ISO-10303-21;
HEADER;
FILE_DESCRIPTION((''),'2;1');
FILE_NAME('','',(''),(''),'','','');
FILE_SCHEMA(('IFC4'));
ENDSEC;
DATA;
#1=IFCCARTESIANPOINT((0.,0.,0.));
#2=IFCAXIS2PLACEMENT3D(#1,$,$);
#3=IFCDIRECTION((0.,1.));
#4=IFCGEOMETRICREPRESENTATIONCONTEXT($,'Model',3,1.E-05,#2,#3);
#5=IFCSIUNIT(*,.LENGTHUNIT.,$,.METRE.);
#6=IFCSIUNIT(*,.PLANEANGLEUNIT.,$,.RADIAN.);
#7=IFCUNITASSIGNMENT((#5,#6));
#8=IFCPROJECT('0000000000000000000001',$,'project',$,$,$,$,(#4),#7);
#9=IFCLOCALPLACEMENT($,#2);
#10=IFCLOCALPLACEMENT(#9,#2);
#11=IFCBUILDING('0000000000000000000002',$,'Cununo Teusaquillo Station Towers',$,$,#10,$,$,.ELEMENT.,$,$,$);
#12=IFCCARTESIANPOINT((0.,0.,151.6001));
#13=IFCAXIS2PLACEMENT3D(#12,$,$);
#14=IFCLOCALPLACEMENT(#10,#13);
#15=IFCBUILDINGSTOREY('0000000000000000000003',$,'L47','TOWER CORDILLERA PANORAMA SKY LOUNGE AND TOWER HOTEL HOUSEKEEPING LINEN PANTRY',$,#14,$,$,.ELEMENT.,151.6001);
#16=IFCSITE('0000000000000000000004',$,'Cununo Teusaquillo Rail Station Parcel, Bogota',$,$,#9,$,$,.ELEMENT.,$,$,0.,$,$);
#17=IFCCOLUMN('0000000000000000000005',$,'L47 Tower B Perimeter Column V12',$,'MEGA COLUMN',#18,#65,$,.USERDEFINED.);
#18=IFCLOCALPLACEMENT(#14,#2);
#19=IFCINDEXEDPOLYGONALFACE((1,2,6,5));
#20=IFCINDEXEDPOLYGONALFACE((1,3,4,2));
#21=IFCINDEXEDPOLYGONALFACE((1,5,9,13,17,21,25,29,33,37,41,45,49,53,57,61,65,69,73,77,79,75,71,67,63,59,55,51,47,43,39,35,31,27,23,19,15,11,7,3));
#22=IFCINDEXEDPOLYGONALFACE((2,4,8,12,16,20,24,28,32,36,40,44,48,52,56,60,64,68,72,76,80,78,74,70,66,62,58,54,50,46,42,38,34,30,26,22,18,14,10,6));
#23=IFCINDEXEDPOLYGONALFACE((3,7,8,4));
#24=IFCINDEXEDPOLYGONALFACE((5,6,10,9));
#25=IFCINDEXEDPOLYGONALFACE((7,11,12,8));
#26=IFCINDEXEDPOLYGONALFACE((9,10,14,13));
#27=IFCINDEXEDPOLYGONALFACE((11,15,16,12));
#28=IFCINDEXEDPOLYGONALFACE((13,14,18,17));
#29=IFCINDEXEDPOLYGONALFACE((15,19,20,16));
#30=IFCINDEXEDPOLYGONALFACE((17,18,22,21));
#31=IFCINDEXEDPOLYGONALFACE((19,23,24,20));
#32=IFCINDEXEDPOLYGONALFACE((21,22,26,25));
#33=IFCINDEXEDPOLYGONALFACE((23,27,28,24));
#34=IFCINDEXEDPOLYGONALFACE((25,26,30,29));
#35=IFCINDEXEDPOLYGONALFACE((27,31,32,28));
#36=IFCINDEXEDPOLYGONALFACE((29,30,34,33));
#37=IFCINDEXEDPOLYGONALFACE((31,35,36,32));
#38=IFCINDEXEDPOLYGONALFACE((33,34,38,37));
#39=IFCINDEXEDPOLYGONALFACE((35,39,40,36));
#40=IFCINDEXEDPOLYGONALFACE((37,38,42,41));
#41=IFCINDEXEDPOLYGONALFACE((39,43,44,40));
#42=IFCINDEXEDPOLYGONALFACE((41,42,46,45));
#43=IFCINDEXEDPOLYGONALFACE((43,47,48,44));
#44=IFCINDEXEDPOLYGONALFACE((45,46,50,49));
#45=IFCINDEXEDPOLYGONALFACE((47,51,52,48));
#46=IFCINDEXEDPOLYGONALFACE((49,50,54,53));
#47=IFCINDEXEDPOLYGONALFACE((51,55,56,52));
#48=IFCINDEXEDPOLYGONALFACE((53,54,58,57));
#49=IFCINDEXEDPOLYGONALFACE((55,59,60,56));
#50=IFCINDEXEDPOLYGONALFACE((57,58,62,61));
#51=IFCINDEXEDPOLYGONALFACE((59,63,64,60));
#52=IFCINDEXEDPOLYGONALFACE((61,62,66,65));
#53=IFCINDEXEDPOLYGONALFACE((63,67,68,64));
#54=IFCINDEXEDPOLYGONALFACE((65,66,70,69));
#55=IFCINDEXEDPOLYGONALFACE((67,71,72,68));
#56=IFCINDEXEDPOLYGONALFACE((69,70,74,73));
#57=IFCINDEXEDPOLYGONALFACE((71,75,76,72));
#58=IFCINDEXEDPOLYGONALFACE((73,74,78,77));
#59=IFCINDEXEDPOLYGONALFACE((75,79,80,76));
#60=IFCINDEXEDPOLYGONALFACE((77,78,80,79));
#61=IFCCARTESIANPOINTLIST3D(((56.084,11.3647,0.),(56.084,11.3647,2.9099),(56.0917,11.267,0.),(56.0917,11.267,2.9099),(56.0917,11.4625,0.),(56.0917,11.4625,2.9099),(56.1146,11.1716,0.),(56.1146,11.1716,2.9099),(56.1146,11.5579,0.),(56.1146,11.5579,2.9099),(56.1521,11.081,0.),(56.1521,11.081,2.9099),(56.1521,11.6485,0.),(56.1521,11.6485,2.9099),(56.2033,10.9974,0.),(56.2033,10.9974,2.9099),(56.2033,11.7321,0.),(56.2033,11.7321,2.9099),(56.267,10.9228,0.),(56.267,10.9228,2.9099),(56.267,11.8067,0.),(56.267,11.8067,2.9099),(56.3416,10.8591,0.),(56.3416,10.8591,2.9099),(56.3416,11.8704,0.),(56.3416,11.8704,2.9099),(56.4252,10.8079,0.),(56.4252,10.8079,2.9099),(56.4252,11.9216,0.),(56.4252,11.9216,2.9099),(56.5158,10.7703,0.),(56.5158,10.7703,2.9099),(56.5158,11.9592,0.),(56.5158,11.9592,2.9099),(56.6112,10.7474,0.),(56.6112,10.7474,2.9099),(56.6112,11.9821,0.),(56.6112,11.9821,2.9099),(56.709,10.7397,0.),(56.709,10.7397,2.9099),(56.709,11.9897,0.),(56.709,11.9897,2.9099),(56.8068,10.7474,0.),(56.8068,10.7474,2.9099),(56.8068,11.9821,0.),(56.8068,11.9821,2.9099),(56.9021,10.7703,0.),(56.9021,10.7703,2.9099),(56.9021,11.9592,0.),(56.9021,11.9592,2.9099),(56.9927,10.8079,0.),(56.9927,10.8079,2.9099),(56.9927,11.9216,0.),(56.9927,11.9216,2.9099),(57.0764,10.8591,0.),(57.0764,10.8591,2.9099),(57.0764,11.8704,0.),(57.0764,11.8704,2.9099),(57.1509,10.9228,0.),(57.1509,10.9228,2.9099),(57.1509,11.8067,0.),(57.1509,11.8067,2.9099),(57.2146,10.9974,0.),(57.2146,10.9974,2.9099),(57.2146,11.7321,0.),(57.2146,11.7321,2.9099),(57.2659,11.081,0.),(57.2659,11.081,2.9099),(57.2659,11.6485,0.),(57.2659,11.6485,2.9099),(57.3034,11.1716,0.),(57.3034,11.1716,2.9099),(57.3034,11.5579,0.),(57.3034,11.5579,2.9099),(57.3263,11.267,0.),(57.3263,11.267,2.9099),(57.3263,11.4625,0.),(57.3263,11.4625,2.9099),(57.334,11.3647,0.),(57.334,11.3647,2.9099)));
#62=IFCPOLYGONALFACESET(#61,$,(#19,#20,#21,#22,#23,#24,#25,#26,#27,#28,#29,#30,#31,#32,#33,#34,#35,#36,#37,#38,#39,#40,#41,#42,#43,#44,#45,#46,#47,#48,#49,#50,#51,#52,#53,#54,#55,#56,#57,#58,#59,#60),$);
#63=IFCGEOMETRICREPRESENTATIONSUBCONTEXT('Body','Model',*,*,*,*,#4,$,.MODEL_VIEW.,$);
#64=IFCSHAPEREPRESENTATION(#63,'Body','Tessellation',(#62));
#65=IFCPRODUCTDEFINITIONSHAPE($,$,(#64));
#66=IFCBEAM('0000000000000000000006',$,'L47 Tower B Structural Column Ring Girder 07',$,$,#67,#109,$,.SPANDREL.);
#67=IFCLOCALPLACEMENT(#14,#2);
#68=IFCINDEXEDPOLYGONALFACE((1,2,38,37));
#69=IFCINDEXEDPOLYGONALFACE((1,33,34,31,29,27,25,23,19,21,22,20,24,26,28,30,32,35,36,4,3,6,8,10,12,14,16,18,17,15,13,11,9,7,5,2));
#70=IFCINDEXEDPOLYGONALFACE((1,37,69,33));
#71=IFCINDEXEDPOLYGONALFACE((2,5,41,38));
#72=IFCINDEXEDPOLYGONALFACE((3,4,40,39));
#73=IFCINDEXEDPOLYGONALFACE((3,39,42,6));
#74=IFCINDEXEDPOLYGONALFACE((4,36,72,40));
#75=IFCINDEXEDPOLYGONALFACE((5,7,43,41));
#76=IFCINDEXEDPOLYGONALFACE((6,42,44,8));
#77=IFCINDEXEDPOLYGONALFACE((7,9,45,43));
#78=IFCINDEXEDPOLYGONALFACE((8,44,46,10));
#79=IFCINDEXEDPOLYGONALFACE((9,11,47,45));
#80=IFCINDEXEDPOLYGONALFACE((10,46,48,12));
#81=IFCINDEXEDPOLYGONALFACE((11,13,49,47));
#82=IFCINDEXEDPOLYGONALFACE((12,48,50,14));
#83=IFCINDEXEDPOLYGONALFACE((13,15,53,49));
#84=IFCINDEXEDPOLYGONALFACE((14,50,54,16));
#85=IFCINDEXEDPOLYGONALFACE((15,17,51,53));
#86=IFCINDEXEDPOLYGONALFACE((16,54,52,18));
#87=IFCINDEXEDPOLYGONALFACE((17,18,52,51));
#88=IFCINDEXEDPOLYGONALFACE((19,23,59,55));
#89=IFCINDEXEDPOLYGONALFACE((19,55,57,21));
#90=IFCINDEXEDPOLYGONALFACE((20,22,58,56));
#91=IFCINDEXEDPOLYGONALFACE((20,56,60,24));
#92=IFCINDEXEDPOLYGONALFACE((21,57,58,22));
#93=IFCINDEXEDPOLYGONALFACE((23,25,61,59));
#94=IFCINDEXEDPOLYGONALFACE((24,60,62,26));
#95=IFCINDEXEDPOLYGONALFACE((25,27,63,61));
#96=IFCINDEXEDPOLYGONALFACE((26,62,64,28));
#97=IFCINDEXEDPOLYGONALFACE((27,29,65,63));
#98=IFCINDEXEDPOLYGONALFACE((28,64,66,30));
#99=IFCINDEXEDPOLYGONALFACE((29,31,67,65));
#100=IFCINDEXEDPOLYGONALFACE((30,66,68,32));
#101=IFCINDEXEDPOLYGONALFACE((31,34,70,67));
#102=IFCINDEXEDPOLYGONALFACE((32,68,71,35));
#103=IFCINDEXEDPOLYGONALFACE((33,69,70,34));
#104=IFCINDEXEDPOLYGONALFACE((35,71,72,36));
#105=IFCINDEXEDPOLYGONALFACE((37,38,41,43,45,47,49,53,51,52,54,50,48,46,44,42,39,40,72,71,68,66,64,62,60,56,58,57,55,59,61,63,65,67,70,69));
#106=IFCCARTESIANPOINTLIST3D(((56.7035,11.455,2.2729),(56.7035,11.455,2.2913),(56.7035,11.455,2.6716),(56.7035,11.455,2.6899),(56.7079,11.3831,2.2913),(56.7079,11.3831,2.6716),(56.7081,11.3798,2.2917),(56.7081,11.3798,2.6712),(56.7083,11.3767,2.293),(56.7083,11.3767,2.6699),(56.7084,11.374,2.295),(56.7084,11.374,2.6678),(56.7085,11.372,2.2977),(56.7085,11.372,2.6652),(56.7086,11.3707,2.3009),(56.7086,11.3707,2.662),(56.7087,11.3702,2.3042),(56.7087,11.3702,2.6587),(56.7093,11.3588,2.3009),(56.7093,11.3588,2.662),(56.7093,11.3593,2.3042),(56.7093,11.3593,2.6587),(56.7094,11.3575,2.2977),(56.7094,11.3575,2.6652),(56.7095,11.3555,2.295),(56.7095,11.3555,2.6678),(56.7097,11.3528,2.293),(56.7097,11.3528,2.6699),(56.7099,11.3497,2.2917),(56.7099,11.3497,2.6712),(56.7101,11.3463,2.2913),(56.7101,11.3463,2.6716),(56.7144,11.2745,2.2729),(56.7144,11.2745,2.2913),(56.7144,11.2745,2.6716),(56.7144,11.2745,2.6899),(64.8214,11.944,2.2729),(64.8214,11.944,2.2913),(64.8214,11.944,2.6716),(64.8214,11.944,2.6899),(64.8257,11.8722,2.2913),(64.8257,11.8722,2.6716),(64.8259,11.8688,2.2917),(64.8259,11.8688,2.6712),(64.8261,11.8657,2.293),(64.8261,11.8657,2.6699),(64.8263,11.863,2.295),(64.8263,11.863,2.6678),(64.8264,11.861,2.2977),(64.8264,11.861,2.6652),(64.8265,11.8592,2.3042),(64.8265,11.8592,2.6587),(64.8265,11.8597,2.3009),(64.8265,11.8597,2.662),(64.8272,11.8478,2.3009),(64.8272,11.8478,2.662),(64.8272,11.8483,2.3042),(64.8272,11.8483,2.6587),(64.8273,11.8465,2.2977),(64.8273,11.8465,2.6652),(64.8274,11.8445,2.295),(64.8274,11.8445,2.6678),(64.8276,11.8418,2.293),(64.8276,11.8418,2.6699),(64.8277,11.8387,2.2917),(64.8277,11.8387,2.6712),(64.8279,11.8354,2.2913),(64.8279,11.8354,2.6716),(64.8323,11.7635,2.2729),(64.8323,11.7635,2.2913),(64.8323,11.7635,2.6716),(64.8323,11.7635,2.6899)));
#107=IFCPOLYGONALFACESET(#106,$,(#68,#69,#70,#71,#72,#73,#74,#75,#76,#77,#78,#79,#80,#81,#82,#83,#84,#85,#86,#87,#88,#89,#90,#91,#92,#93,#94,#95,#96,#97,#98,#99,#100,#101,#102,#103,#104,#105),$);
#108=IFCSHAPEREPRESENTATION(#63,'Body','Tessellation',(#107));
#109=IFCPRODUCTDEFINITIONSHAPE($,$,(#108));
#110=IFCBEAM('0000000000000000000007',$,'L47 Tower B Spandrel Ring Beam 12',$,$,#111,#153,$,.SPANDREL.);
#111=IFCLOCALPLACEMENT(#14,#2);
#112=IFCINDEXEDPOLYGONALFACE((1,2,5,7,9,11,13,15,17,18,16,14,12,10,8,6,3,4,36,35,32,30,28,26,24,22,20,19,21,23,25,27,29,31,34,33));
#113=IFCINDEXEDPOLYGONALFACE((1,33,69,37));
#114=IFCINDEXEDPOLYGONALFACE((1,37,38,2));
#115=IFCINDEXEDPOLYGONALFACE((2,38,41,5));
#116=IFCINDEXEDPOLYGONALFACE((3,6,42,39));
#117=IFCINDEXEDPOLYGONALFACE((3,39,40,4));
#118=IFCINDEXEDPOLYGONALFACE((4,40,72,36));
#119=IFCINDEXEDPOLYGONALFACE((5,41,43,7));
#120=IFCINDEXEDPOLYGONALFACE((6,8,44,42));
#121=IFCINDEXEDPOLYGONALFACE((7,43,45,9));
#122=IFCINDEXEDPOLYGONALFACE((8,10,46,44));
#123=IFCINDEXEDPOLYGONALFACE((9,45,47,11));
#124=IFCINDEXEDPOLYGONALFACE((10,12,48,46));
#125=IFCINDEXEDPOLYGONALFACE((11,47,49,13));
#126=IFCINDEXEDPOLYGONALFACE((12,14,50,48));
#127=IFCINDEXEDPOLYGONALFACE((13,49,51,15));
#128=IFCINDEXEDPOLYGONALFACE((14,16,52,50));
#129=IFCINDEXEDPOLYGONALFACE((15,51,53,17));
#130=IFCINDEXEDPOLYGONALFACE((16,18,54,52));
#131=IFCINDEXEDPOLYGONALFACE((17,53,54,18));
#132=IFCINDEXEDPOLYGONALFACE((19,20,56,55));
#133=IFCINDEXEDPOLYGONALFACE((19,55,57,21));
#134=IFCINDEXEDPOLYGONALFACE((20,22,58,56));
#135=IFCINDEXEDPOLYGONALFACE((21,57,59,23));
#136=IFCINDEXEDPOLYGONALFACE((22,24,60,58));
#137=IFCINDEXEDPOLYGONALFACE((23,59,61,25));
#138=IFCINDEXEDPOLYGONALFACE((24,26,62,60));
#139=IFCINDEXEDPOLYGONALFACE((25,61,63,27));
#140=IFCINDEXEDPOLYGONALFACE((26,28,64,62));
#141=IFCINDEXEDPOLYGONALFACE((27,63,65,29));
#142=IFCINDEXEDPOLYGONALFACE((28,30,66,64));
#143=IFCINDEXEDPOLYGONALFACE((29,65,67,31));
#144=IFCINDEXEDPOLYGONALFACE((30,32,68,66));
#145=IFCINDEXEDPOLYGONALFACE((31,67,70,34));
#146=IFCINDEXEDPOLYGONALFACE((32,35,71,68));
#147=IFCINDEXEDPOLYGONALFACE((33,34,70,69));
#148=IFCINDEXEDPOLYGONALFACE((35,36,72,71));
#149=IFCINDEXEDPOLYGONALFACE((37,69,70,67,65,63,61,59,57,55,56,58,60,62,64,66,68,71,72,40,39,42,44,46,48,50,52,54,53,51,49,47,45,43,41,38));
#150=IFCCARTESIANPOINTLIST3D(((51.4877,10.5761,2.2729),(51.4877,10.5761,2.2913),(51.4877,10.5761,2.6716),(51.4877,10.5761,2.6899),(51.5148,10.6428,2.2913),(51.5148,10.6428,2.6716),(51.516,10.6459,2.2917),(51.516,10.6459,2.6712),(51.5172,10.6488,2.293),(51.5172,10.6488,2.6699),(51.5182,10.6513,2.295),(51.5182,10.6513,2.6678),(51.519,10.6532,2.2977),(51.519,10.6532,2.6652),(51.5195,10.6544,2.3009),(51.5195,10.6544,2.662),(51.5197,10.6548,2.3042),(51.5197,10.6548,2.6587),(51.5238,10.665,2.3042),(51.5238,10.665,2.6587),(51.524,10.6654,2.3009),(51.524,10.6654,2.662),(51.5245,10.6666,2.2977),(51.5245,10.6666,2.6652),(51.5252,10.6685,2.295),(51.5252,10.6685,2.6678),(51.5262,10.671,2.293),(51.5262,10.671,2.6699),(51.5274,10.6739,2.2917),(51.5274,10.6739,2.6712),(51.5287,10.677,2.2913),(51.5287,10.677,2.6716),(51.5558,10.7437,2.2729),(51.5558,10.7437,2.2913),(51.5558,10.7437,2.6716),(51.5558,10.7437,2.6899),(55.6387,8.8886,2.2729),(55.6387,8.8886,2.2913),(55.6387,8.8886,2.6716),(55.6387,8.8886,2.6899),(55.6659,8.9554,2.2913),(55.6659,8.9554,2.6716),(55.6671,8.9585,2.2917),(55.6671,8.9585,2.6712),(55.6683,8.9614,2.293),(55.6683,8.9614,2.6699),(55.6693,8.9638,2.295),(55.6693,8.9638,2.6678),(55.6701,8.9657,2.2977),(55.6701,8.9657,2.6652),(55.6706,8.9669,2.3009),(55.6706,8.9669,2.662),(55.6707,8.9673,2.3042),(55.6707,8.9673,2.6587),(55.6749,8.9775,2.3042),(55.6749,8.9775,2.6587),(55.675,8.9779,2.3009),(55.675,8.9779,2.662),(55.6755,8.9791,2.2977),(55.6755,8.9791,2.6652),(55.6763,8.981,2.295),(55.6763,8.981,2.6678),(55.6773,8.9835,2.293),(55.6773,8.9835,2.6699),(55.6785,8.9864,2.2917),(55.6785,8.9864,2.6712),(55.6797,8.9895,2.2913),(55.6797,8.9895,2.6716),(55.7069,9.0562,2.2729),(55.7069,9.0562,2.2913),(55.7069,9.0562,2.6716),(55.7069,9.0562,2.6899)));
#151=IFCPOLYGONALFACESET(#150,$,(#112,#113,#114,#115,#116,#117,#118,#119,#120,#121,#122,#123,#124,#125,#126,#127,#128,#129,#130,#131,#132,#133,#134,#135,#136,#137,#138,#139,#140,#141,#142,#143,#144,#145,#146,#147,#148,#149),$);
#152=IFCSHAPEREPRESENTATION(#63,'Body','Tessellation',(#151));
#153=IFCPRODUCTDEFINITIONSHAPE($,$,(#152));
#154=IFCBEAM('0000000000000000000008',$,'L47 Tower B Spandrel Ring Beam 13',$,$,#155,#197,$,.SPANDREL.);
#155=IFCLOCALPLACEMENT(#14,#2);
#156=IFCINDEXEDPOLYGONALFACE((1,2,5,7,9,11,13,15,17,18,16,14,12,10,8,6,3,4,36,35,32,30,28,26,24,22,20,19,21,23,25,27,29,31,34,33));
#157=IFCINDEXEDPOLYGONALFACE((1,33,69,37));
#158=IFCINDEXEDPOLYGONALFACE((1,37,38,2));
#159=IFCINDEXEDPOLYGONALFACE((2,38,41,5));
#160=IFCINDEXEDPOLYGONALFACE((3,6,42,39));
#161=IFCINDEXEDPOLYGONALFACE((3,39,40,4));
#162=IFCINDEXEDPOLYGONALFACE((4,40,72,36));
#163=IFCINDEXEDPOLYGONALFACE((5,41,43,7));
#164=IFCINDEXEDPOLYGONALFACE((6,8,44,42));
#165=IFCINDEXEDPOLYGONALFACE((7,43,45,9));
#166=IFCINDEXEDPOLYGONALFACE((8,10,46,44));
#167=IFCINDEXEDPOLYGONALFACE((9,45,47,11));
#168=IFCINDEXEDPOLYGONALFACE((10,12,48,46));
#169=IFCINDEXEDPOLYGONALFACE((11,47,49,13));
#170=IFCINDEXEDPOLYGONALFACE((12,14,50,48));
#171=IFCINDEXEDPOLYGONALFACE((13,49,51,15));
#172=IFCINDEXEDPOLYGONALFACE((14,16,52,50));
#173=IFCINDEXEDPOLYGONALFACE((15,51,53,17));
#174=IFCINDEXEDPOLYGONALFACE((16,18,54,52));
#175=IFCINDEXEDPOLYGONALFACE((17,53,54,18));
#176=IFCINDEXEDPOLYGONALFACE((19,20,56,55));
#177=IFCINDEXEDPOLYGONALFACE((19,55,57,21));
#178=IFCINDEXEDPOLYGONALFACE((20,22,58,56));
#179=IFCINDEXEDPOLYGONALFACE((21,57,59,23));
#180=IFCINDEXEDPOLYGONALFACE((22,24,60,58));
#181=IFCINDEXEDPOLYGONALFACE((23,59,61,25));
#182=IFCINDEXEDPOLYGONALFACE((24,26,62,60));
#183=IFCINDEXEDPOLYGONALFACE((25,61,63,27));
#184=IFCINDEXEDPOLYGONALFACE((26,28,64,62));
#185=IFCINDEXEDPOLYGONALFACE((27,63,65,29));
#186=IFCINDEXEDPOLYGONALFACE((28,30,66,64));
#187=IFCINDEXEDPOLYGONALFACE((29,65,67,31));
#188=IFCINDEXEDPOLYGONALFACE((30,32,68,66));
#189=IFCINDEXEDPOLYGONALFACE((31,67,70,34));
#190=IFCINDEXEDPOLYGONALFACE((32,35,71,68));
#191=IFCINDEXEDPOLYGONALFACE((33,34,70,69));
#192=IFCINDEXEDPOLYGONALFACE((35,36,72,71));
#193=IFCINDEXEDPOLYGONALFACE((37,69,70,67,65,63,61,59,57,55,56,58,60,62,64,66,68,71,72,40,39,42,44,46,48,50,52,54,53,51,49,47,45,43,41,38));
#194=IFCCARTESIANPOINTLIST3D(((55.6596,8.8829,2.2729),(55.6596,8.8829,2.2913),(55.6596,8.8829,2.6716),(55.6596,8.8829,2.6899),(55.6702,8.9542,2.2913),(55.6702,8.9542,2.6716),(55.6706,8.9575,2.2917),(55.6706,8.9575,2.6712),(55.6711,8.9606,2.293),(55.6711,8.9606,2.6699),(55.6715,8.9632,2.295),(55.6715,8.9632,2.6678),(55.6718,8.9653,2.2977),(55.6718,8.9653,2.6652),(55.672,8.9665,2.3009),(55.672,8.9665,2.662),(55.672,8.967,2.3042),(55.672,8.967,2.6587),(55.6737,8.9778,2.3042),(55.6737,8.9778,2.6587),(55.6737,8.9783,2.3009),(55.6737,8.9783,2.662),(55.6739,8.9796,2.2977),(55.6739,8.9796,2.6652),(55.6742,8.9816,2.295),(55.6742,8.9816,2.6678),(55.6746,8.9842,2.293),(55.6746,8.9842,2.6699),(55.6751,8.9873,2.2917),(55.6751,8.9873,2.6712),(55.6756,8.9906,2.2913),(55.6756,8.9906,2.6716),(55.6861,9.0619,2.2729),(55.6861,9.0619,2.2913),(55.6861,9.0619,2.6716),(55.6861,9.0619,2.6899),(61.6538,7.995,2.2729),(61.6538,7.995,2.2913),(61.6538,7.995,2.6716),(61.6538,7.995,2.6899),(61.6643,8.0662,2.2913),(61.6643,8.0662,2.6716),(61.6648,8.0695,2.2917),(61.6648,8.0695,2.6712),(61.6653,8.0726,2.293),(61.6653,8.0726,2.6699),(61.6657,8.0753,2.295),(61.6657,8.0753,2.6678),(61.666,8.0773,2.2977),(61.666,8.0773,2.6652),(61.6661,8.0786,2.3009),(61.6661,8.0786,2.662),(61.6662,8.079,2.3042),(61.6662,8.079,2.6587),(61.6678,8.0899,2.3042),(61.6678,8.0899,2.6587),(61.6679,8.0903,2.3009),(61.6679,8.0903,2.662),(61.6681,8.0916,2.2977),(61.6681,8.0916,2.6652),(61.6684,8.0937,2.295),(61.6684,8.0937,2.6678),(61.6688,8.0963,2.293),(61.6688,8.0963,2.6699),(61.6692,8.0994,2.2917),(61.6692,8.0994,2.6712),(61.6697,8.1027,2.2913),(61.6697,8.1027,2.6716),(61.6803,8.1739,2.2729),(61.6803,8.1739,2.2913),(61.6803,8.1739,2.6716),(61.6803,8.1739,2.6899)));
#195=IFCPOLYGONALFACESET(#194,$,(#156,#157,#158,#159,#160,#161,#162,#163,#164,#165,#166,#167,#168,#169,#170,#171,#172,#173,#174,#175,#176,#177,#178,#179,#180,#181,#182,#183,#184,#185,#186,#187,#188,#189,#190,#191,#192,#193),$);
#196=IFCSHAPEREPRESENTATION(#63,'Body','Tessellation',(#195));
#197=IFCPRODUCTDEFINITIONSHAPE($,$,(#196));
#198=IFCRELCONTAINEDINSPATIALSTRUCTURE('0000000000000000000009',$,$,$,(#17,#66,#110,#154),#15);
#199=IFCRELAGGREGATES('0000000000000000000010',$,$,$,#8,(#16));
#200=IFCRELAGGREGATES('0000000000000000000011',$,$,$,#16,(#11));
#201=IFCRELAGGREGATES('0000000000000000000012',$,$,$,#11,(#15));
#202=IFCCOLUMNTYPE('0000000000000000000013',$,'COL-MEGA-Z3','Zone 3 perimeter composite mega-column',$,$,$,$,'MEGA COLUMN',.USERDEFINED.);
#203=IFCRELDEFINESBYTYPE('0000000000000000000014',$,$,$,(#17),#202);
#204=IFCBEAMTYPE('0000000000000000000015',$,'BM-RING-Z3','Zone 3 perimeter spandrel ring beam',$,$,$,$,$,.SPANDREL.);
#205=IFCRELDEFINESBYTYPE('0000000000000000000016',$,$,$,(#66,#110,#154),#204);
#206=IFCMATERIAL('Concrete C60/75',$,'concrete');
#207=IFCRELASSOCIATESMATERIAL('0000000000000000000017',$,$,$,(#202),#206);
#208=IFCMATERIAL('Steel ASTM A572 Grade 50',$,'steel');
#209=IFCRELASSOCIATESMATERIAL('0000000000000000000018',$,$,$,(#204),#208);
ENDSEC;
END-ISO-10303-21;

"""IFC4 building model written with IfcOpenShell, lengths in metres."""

from ifc_helpers import new_model, si_unit, direction, frame, origin, origin_2d, place, context, subcontext, project, spatial, circle, i_section, extrude, material, material_profile, profile_set, type_object, element, save


model = new_model("IFC4")

# Units and contexts
model_context = context("Model", 3, precision=1e-05, world=origin(), true_north=direction((0.0, 1.0)))
body_context = subcontext(model_context, "Body", "Model", "MODEL_VIEW")
ifc_project = project(units=[si_unit("LENGTHUNIT", "METRE"), si_unit("PLANEANGLEUNIT", "RADIAN")], contexts=[model_context])

# Site, building, storey
site_placement = place(None, origin())
site = spatial("IfcSite", under=ifc_project, at=site_placement, Name="Cununo Teusaquillo Rail Station Parcel, Bogota", CompositionType="ELEMENT", RefElevation=0.0)
building_placement = place(site_placement, origin())
building = spatial("IfcBuilding", under=site, at=building_placement, Name="Cununo Teusaquillo Station Towers", CompositionType="ELEMENT")
storey_placement = place(building_placement, frame((0.0, 0.0, 151.6001)))
storey = spatial("IfcBuildingStorey", under=building, at=storey_placement, Name="L47", Description="TOWER CORDILLERA PANORAMA SKY LOUNGE AND TOWER HOTEL HOUSEKEEPING LINEN PANTRY", CompositionType="ELEMENT", Elevation=151.6001)

# Column
ifc_material_1 = material(Name="Concrete C60/75", Category="concrete")
ifc_material_profile_1 = material_profile(ifc_material_1, circle(Radius=0.625, at=origin_2d()), Name="RC-CIRC-1250")
ifc_profile_set_1 = profile_set([ifc_material_profile_1], Name="Concrete C60/75")
column_type = type_object("IfcColumnType", Name="COL-MEGA-Z3", Description="Zone 3 perimeter composite mega-column", ElementType="MEGA COLUMN", PredefinedType="USERDEFINED", material=ifc_profile_set_1)
column_placement = place(storey_placement, frame((56.709, 11.3647, 0.0), z_axis=(0.0, 0.0, 1.0), x_axis=(1.0, 0.0, 0.0)))
element("IfcColumn", 1, at=column_placement, inside=storey, type_object=column_type, Name="L47 Tower B Perimeter Column V12", ObjectType="MEGA COLUMN", PredefinedType="USERDEFINED", context=body_context, shape_type="SweptSolid", body=[
    extrude(circle(Radius=0.625, at=origin_2d()), origin(), (0.0, 0.0, 1.0), 2.9099),
])

# Beams
ifc_material_2 = material(Name="Steel ASTM A572 Grade 50", Category="steel")
ifc_material_profile_2 = material_profile(ifc_material_2, i_section(OverallWidth=0.1809, OverallDepth=0.417, WebThickness=0.011, FlangeThickness=0.0183, FilletRadius=0.0129, at=origin_2d()), Name="W16X57")
ifc_profile_set_2 = profile_set([ifc_material_profile_2], Name="Steel ASTM A572 Grade 50")
beam_type = type_object("IfcBeamType", Name="BM-RING-Z3", Description="Zone 3 perimeter spandrel ring beam", PredefinedType="SPANDREL", material=ifc_profile_set_2)
beam_1_placement = place(storey_placement, frame((56.709, 11.3647, 2.4814), z_axis=(0.998191, 0.06013, 0.0), x_axis=(-0.06013, 0.998191, 0.0)))
element("IfcBeam", 2, at=beam_1_placement, inside=storey, type_object=beam_type, Name="L47 Tower B Structural Column Ring Girder 07", PredefinedType="SPANDREL", context=body_context, shape_type="SweptSolid", body=[
    extrude(i_section(OverallWidth=0.1809, OverallDepth=0.417, WebThickness=0.011, FlangeThickness=0.0183, FilletRadius=0.0129, at=origin_2d()), origin(), (0.0, 0.0, 1.0), 8.1326),
])
beam_2_placement = place(storey_placement, frame((51.5217, 10.6599, 2.4814), z_axis=(0.92638, -0.376589, 0.0), x_axis=(0.376589, 0.92638, 0.0)))
element("IfcBeam", 3, at=beam_2_placement, inside=storey, type_object=beam_type, Name="L47 Tower B Spandrel Ring Beam 12", PredefinedType="SPANDREL", context=body_context, shape_type="SweptSolid", body=[
    extrude(i_section(OverallWidth=0.1809, OverallDepth=0.417, WebThickness=0.011, FlangeThickness=0.0183, FilletRadius=0.0129, at=origin_2d()), origin(), (0.0, 0.0, 1.0), 4.481),
])
beam_3_placement = place(storey_placement, frame((55.6729, 8.9724, 2.4814), z_axis=(0.989205, -0.146536, 0.0), x_axis=(0.146536, 0.989205, 0.0)))
element("IfcBeam", 4, at=beam_3_placement, inside=storey, type_object=beam_type, Name="L47 Tower B Spandrel Ring Beam 13", PredefinedType="SPANDREL", context=body_context, shape_type="SweptSolid", body=[
    extrude(i_section(OverallWidth=0.1809, OverallDepth=0.417, WebThickness=0.011, FlangeThickness=0.0183, FilletRadius=0.0129, at=origin_2d()), origin(), (0.0, 0.0, 1.0), 6.0596),
])

save(model, "model.ifc")
